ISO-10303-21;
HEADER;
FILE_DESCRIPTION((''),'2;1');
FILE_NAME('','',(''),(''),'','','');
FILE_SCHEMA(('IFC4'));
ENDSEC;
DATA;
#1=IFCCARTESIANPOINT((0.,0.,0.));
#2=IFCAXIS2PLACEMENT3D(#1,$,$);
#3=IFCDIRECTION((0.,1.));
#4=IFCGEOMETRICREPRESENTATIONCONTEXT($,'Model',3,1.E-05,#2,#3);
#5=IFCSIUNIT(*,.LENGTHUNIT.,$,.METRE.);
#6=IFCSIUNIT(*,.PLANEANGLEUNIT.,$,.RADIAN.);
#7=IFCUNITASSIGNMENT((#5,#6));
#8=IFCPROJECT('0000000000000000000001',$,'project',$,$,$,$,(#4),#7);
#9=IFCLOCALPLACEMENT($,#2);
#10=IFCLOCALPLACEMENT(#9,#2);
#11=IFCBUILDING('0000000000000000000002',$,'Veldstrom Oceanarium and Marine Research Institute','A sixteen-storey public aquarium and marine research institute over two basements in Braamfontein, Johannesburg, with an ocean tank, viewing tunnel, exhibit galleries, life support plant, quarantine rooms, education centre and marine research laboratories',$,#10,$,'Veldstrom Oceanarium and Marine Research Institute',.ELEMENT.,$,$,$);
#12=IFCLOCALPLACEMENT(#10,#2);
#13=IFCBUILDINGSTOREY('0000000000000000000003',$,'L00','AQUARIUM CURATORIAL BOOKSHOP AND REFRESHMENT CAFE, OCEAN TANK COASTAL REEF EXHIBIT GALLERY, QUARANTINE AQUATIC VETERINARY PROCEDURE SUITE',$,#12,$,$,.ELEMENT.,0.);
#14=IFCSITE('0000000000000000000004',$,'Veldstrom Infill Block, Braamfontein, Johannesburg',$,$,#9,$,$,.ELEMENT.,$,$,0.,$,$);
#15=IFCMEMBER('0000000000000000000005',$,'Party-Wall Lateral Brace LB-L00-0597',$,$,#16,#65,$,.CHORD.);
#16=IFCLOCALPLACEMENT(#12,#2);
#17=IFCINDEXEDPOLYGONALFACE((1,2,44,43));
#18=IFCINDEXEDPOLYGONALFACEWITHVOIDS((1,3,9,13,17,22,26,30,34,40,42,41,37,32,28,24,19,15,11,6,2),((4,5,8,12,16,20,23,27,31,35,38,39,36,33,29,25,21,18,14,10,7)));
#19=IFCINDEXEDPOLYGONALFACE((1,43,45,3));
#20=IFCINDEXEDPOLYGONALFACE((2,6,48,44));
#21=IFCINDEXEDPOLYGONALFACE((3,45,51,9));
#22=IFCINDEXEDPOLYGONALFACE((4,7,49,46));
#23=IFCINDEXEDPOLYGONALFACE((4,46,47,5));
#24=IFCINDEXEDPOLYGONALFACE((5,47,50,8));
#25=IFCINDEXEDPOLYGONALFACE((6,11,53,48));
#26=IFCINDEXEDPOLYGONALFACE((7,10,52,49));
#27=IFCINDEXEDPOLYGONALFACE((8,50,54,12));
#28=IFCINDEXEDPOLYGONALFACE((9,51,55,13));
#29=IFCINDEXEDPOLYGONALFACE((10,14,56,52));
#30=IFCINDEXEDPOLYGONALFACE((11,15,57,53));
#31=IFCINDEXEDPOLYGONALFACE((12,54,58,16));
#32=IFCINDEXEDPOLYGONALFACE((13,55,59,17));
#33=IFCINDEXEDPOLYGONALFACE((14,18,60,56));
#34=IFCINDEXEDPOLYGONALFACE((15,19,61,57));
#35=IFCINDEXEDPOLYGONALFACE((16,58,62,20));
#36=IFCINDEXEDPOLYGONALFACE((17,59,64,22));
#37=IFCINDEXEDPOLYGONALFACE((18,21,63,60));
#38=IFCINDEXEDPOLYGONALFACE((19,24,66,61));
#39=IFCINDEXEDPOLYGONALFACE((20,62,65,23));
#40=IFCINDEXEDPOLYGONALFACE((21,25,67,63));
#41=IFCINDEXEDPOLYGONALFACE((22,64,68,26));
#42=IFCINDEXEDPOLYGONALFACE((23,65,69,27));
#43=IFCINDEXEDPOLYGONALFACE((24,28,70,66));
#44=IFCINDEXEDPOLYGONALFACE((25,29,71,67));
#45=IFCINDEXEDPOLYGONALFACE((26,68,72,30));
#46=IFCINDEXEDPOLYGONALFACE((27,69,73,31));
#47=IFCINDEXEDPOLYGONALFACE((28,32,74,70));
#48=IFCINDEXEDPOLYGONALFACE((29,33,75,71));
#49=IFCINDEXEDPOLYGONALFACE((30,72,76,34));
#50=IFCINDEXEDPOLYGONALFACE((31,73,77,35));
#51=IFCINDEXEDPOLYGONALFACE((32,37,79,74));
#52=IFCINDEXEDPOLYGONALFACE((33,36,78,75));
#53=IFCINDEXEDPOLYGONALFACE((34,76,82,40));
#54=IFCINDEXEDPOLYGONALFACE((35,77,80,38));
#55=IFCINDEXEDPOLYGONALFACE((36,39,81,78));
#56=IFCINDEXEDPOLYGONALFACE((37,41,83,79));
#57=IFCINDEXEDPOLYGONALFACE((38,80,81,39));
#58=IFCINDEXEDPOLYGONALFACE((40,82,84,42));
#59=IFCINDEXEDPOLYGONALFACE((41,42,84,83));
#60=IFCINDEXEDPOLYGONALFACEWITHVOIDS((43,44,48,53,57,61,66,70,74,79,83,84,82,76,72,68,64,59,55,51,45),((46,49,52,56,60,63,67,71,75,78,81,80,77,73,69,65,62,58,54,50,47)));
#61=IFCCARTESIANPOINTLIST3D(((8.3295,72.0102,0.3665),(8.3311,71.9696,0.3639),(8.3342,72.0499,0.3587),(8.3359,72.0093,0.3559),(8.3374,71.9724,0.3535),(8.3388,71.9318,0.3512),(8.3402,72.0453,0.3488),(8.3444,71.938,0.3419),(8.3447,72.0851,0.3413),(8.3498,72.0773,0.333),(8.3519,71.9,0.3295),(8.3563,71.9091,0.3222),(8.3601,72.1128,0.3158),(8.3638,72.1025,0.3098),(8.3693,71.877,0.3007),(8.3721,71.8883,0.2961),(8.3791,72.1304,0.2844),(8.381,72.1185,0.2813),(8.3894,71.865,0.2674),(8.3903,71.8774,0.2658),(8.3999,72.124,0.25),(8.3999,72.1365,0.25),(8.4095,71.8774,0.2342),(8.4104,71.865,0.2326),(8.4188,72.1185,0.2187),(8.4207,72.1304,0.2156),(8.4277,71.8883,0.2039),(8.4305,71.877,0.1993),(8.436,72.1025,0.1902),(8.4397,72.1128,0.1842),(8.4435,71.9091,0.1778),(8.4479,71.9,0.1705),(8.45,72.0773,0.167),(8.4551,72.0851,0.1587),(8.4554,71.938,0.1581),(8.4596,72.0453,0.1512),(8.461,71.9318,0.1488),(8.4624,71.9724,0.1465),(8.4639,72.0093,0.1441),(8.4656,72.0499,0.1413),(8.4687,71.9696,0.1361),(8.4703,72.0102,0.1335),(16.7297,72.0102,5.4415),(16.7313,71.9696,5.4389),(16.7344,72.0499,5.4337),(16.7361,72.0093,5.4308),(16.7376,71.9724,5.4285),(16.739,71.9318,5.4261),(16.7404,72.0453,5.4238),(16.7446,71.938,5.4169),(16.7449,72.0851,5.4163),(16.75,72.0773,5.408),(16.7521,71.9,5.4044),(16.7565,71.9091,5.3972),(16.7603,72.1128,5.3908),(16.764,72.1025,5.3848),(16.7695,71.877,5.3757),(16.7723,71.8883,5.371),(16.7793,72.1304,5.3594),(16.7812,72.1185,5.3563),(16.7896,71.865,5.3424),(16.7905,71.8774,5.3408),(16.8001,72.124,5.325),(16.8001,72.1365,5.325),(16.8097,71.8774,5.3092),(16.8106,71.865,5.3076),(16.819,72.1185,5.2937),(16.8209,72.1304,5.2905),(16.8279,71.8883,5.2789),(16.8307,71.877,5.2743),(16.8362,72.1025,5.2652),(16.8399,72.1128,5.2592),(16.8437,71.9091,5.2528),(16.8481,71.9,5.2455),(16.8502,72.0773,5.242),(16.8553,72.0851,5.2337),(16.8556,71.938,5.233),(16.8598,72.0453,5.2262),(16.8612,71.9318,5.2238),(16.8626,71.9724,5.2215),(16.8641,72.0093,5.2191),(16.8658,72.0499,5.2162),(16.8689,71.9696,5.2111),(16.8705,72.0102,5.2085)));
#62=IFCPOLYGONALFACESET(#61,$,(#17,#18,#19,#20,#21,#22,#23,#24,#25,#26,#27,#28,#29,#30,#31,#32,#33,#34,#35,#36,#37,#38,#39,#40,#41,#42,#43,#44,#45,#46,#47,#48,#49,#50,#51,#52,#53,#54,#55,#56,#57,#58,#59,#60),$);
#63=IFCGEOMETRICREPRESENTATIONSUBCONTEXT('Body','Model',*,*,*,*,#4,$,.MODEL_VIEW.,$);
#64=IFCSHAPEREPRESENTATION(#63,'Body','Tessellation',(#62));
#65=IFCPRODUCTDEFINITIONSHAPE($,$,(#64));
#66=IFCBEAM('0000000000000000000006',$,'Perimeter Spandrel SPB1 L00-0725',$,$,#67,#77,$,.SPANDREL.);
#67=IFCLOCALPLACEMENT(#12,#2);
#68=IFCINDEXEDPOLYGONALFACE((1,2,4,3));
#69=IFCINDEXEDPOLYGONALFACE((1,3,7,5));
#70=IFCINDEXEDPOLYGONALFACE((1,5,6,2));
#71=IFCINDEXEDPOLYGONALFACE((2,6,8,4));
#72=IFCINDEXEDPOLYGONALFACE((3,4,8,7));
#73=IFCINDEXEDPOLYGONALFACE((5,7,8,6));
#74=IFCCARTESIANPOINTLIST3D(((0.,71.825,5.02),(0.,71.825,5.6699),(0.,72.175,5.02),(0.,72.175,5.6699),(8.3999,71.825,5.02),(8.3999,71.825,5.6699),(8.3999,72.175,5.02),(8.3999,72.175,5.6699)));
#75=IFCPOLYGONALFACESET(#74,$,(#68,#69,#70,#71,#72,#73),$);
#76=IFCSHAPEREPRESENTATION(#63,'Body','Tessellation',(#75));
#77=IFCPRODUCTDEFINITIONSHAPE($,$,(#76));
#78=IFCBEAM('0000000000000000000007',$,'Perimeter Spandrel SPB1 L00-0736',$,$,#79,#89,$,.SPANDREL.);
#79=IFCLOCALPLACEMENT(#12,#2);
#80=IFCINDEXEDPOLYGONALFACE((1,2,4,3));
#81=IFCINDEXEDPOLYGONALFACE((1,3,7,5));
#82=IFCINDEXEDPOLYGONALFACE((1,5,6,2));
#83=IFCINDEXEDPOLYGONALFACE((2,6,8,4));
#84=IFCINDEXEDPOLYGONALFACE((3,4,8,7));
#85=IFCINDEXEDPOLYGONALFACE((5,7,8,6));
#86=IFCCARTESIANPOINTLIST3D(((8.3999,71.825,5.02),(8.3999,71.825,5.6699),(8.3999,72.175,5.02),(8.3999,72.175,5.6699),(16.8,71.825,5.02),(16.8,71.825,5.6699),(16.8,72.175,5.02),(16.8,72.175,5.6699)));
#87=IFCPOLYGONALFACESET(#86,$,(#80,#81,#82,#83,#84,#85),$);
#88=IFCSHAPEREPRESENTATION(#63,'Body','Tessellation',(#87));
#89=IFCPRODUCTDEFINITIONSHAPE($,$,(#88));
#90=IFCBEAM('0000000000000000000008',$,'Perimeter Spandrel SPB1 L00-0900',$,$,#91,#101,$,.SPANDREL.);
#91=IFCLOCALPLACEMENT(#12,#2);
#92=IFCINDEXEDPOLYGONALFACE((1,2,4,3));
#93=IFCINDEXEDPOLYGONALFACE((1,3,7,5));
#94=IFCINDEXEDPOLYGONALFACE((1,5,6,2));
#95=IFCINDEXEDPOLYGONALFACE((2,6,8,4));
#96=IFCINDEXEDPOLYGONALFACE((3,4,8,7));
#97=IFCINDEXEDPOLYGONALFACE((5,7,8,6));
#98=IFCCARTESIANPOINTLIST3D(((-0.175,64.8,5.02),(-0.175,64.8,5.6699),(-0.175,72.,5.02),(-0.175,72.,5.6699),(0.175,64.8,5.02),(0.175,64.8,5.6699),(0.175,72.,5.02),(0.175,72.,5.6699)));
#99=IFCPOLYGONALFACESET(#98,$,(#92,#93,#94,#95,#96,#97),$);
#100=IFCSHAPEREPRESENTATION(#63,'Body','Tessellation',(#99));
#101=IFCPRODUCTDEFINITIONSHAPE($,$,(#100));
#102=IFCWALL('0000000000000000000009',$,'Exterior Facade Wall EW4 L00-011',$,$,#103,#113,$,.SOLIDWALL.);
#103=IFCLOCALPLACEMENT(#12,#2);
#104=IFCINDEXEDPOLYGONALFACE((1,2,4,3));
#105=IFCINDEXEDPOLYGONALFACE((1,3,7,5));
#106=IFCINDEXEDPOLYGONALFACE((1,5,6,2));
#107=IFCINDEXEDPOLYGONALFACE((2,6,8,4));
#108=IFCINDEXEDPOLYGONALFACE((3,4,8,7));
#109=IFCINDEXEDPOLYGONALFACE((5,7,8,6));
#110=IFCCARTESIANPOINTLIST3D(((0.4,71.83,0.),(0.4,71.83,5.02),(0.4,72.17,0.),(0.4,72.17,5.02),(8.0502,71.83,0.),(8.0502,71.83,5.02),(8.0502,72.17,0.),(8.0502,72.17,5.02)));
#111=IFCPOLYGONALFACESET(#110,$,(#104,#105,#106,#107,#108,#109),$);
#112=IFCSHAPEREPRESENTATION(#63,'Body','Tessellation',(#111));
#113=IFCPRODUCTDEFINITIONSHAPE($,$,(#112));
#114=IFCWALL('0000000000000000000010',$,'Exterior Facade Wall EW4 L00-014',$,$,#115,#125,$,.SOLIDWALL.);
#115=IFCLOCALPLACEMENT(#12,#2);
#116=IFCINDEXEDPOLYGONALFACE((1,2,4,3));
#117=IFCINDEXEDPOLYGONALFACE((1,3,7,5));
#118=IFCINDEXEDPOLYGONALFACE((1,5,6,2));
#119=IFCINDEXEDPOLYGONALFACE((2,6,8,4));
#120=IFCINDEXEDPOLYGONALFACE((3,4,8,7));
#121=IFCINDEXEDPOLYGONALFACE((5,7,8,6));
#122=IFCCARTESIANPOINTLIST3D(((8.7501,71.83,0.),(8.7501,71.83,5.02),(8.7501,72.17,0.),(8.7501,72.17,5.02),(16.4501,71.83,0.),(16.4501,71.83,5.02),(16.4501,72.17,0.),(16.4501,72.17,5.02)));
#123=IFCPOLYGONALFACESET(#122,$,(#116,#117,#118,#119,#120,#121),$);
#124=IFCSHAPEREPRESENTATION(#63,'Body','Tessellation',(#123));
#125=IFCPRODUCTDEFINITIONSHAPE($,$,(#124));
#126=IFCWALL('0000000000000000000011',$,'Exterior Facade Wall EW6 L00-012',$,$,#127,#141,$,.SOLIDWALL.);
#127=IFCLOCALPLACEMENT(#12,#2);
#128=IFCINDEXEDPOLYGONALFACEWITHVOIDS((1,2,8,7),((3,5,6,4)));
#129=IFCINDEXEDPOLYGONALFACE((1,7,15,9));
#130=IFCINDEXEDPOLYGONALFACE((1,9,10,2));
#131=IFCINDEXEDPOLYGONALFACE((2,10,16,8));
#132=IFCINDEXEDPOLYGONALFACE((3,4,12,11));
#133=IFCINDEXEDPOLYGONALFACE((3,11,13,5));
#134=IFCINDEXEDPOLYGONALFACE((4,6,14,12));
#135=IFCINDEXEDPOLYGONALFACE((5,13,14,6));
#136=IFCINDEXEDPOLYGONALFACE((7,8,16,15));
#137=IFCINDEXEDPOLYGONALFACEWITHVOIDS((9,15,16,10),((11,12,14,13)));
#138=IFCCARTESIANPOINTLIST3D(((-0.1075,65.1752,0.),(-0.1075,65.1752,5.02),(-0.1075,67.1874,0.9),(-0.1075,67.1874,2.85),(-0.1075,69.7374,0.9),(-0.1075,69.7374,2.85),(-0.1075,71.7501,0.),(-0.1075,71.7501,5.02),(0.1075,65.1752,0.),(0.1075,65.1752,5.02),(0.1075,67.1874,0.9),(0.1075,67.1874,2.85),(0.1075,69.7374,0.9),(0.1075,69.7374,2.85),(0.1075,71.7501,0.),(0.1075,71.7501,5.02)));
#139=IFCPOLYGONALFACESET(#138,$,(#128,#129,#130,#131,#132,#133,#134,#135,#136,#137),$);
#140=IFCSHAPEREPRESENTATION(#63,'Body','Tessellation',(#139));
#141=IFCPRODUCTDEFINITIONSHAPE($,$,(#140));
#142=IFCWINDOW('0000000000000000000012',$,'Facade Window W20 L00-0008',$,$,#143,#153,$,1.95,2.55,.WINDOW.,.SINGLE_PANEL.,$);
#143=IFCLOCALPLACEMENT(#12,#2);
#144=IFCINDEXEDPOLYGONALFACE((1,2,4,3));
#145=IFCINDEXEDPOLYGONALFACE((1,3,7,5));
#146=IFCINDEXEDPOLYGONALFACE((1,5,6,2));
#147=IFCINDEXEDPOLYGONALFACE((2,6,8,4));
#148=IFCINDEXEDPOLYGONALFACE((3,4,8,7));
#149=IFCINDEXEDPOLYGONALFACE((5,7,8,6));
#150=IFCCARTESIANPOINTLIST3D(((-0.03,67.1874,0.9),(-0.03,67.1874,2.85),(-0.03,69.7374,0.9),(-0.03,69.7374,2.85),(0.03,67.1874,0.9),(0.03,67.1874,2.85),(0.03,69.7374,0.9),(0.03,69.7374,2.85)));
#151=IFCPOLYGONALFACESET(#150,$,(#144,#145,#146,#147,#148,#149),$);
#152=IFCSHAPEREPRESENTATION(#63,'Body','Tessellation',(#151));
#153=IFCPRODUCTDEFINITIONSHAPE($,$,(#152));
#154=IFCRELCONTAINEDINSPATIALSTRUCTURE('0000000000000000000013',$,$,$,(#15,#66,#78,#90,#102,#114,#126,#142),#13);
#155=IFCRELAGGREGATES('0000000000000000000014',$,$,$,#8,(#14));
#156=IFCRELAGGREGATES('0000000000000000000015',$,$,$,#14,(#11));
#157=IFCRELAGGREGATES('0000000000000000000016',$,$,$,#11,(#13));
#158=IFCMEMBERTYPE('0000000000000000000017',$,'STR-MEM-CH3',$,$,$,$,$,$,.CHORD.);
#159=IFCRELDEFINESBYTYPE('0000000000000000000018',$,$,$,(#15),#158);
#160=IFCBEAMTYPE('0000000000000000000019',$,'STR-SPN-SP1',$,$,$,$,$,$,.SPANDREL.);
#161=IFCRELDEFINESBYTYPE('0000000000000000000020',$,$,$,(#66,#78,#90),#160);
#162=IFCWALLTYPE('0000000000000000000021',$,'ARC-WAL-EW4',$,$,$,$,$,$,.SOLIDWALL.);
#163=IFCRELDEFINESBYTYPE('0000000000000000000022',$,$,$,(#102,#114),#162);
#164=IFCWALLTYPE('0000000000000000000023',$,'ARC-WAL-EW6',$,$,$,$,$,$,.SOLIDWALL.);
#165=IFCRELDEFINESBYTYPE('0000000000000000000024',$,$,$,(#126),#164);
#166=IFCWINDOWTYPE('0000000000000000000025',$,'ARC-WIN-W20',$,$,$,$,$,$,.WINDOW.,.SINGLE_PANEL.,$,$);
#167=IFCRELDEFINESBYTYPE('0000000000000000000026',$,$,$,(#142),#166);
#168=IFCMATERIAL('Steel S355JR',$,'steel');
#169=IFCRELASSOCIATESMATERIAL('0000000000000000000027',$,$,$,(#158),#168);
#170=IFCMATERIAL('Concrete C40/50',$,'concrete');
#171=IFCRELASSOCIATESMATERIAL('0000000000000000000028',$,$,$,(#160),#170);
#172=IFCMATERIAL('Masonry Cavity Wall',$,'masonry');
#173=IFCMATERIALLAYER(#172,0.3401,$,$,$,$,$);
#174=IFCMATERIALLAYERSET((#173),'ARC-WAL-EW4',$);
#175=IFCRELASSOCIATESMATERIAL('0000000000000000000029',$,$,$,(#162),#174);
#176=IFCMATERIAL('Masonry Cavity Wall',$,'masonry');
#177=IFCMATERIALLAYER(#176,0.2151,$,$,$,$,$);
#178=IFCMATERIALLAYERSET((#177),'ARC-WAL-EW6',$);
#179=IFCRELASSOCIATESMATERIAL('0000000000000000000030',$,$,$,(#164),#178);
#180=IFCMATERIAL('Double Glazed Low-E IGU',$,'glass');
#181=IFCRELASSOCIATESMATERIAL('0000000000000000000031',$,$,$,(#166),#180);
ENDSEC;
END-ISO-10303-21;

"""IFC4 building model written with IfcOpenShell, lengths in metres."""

from ifc_helpers import new_model, si_unit, direction, frame, frame_2d, origin, origin_2d, place, context, subcontext, project, spatial, rectangle, hollow_circle, extrude, material, layer, layer_set, material_profile, profile_set, type_object, element, fill, save


model = new_model("IFC4")

# Units and contexts
model_context = context("Model", 3, precision=1e-05, world=origin(), true_north=direction((0.0, 1.0)))
body_context = subcontext(model_context, "Body", "Model", "MODEL_VIEW")
ifc_project = project(units=[si_unit("LENGTHUNIT", "METRE"), si_unit("PLANEANGLEUNIT", "RADIAN")], contexts=[model_context])

# Site, building, storey
site_placement = place(None, origin())
site = spatial("IfcSite", under=ifc_project, at=site_placement, Name="Veldstrom Infill Block, Braamfontein, Johannesburg", CompositionType="ELEMENT", RefElevation=0.0)
building_placement = place(site_placement, origin())
building = spatial("IfcBuilding", under=site, at=building_placement, Name="Veldstrom Oceanarium and Marine Research Institute", Description="A sixteen-storey public aquarium and marine research institute over two basements in Braamfontein, Johannesburg, with an ocean tank, viewing tunnel, exhibit galleries, life support plant, quarantine rooms, education centre and marine research laboratories", LongName="Veldstrom Oceanarium and Marine Research Institute", CompositionType="ELEMENT")
storey_placement = place(building_placement, origin())
storey = spatial("IfcBuildingStorey", under=building, at=storey_placement, Name="L00", Description="AQUARIUM CURATORIAL BOOKSHOP AND REFRESHMENT CAFE, OCEAN TANK COASTAL REEF EXHIBIT GALLERY, QUARANTINE AQUATIC VETERINARY PROCEDURE SUITE", CompositionType="ELEMENT", Elevation=0.0)

# Member
ifc_material_1 = material(Name="Steel S355JR", Category="steel")
ifc_material_profile_1 = material_profile(ifc_material_1, hollow_circle(Radius=0.1365, WallThickness=0.0125, at=origin_2d()), Name="CHS 273x12.5")
ifc_profile_set_1 = profile_set([ifc_material_profile_1], Name="Steel S355JR")
member_type_1 = type_object("IfcMemberType", Name="STR-MEM-CH3", PredefinedType="CHORD", material=ifc_profile_set_1)
member_1_placement = place(storey_placement, frame((8.3999, 72.0, 0.25), z_axis=(0.855922, 0.0, 0.517105), x_axis=(0.0, 1.0, 0.0)))
element("IfcMember", 1, at=member_1_placement, inside=storey, type_object=member_type_1, Name="Party-Wall Lateral Brace LB-L00-0597", PredefinedType="CHORD", context=body_context, shape_type="SweptSolid", body=[
    extrude(hollow_circle(Radius=0.1365, WallThickness=0.0125, at=origin_2d()), origin(), (0.0, 0.0, 1.0), 9.8142),
])

# Beams
ifc_material_2 = material(Name="Concrete C40/50", Category="concrete")
ifc_material_profile_2 = material_profile(ifc_material_2, rectangle(XDim=0.3501, YDim=0.6499, at=origin_2d()), Name="RC-SPN-350x650")
ifc_profile_set_2 = profile_set([ifc_material_profile_2], Name="Concrete C40/50")
beam_type_1 = type_object("IfcBeamType", Name="STR-SPN-SP1", PredefinedType="SPANDREL", material=ifc_profile_set_2)
beam_1_placement = place(storey_placement, frame((0.0, 72.0, 5.345), z_axis=(1.0, 0.0, 0.0), x_axis=(0.0, 1.0, 0.0)))
element("IfcBeam", 2, at=beam_1_placement, inside=storey, type_object=beam_type_1, Name="Perimeter Spandrel SPB1 L00-0725", PredefinedType="SPANDREL", context=body_context, shape_type="SweptSolid", body=[
    extrude(rectangle(XDim=0.3501, YDim=0.6499, at=origin_2d()), origin(), (0.0, 0.0, 1.0), 8.3999),
])
beam_2_placement = place(storey_placement, frame((8.3999, 72.0, 5.345), z_axis=(1.0, 0.0, 0.0), x_axis=(0.0, 1.0, 0.0)))
element("IfcBeam", 3, at=beam_2_placement, inside=storey, type_object=beam_type_1, Name="Perimeter Spandrel SPB1 L00-0736", PredefinedType="SPANDREL", context=body_context, shape_type="SweptSolid", body=[
    extrude(rectangle(XDim=0.3501, YDim=0.6499, at=origin_2d()), origin(), (0.0, 0.0, 1.0), 8.4001),
])
beam_3_placement = place(storey_placement, frame((0.0, 64.8, 5.345), z_axis=(0.0, 1.0, 0.0), x_axis=(-1.0, 0.0, 0.0)))
element("IfcBeam", 4, at=beam_3_placement, inside=storey, type_object=beam_type_1, Name="Perimeter Spandrel SPB1 L00-0900", PredefinedType="SPANDREL", context=body_context, shape_type="SweptSolid", body=[
    extrude(rectangle(XDim=0.3501, YDim=0.6499, at=origin_2d()), origin(), (0.0, 0.0, 1.0), 7.2),
])

# Walls
ifc_material_3 = material(Name="Masonry Cavity Wall", Category="masonry")
ifc_layer_1 = layer(ifc_material_3, 0.3401)
ifc_layer_set_1 = layer_set([ifc_layer_1], Name="ARC-WAL-EW4")
wall_type_1 = type_object("IfcWallType", Name="ARC-WAL-EW4", PredefinedType="SOLIDWALL", material=ifc_layer_set_1)
wall_1_placement = place(storey_placement, frame((0.3999, 72.0, 0.0), z_axis=(0.0, 0.0, 1.0), x_axis=(1.0, 0.0, 0.0)))
element("IfcWall", 5, at=wall_1_placement, inside=storey, type_object=wall_type_1, Name="Exterior Facade Wall EW4 L00-011", PredefinedType="SOLIDWALL", context=body_context, shape_type="SweptSolid", body=[
    extrude(rectangle(XDim=7.6501, YDim=0.3401, at=frame_2d((3.8252, 0.0))), origin(), (0.0, 0.0, 1.0), 5.02),
])
wall_2_placement = place(storey_placement, frame((8.75, 72.0, 0.0), z_axis=(0.0, 0.0, 1.0), x_axis=(1.0, 0.0, 0.0)))
element("IfcWall", 6, at=wall_2_placement, inside=storey, type_object=wall_type_1, Name="Exterior Facade Wall EW4 L00-014", PredefinedType="SOLIDWALL", context=body_context, shape_type="SweptSolid", body=[
    extrude(rectangle(XDim=7.7, YDim=0.3401, at=frame_2d((3.8501, 0.0))), origin(), (0.0, 0.0, 1.0), 5.02),
])

# Wall, opening, window
ifc_material_4 = material(Name="Masonry Cavity Wall", Category="masonry")
ifc_layer_2 = layer(ifc_material_4, 0.2151)
ifc_layer_set_2 = layer_set([ifc_layer_2], Name="ARC-WAL-EW6")
wall_type_2 = type_object("IfcWallType", Name="ARC-WAL-EW6", PredefinedType="SOLIDWALL", material=ifc_layer_set_2)
wall_3_placement = place(storey_placement, frame((0.0, 65.175, 0.0), z_axis=(0.0, 0.0, 1.0), x_axis=(0.0, 1.0, 0.0)))
wall_3 = element("IfcWall", 7, at=wall_3_placement, inside=storey, type_object=wall_type_2, Name="Exterior Facade Wall EW6 L00-012", PredefinedType="SOLIDWALL", context=body_context, shape_type="SweptSolid", body=[
    extrude(rectangle(XDim=6.575, YDim=0.2151, at=frame_2d((3.2876, 0.0))), origin(), (0.0, 0.0, 1.0), 5.02),
])
opening_1_placement = place(wall_3_placement, frame((2.0125, 0.0, 0.8999)))
opening_1 = element("IfcOpeningElement", 8, at=opening_1_placement, cuts=wall_3, PredefinedType="OPENING", context=body_context, shape_type="SweptSolid", body=[
    extrude(rectangle(XDim=2.55, YDim=1.95, at=frame_2d((1.2749, 0.9751))), frame((0.0, 0.1174, 0.0), z_axis=(0.0, -1.0, 0.0), x_axis=(1.0, 0.0, 0.0)), (0.0, 0.0, 1.0), 0.2351),
])
ifc_material_5 = material(Name="Double Glazed Low-E IGU", Category="glass")
window_type = type_object("IfcWindowType", Name="ARC-WIN-W20", PartitioningType="SINGLE_PANEL", PredefinedType="WINDOW", material=ifc_material_5)
window_placement = place(opening_1_placement, origin())
window = element("IfcWindow", 9, at=window_placement, inside=storey, type_object=window_type, Name="Facade Window W20 L00-0008", OverallHeight=1.95, OverallWidth=2.55, PartitioningType="SINGLE_PANEL", PredefinedType="WINDOW", context=body_context, shape_type="SweptSolid", body=[
    extrude(rectangle(XDim=2.55, YDim=1.95, at=frame_2d((1.2749, 0.9751))), frame((0.0, 0.03, 0.0), z_axis=(0.0, -1.0, 0.0), x_axis=(1.0, 0.0, 0.0)), (0.0, 0.0, 1.0), 0.0601),
])
fill(opening_1, window)

save(model, "model.ifc")
